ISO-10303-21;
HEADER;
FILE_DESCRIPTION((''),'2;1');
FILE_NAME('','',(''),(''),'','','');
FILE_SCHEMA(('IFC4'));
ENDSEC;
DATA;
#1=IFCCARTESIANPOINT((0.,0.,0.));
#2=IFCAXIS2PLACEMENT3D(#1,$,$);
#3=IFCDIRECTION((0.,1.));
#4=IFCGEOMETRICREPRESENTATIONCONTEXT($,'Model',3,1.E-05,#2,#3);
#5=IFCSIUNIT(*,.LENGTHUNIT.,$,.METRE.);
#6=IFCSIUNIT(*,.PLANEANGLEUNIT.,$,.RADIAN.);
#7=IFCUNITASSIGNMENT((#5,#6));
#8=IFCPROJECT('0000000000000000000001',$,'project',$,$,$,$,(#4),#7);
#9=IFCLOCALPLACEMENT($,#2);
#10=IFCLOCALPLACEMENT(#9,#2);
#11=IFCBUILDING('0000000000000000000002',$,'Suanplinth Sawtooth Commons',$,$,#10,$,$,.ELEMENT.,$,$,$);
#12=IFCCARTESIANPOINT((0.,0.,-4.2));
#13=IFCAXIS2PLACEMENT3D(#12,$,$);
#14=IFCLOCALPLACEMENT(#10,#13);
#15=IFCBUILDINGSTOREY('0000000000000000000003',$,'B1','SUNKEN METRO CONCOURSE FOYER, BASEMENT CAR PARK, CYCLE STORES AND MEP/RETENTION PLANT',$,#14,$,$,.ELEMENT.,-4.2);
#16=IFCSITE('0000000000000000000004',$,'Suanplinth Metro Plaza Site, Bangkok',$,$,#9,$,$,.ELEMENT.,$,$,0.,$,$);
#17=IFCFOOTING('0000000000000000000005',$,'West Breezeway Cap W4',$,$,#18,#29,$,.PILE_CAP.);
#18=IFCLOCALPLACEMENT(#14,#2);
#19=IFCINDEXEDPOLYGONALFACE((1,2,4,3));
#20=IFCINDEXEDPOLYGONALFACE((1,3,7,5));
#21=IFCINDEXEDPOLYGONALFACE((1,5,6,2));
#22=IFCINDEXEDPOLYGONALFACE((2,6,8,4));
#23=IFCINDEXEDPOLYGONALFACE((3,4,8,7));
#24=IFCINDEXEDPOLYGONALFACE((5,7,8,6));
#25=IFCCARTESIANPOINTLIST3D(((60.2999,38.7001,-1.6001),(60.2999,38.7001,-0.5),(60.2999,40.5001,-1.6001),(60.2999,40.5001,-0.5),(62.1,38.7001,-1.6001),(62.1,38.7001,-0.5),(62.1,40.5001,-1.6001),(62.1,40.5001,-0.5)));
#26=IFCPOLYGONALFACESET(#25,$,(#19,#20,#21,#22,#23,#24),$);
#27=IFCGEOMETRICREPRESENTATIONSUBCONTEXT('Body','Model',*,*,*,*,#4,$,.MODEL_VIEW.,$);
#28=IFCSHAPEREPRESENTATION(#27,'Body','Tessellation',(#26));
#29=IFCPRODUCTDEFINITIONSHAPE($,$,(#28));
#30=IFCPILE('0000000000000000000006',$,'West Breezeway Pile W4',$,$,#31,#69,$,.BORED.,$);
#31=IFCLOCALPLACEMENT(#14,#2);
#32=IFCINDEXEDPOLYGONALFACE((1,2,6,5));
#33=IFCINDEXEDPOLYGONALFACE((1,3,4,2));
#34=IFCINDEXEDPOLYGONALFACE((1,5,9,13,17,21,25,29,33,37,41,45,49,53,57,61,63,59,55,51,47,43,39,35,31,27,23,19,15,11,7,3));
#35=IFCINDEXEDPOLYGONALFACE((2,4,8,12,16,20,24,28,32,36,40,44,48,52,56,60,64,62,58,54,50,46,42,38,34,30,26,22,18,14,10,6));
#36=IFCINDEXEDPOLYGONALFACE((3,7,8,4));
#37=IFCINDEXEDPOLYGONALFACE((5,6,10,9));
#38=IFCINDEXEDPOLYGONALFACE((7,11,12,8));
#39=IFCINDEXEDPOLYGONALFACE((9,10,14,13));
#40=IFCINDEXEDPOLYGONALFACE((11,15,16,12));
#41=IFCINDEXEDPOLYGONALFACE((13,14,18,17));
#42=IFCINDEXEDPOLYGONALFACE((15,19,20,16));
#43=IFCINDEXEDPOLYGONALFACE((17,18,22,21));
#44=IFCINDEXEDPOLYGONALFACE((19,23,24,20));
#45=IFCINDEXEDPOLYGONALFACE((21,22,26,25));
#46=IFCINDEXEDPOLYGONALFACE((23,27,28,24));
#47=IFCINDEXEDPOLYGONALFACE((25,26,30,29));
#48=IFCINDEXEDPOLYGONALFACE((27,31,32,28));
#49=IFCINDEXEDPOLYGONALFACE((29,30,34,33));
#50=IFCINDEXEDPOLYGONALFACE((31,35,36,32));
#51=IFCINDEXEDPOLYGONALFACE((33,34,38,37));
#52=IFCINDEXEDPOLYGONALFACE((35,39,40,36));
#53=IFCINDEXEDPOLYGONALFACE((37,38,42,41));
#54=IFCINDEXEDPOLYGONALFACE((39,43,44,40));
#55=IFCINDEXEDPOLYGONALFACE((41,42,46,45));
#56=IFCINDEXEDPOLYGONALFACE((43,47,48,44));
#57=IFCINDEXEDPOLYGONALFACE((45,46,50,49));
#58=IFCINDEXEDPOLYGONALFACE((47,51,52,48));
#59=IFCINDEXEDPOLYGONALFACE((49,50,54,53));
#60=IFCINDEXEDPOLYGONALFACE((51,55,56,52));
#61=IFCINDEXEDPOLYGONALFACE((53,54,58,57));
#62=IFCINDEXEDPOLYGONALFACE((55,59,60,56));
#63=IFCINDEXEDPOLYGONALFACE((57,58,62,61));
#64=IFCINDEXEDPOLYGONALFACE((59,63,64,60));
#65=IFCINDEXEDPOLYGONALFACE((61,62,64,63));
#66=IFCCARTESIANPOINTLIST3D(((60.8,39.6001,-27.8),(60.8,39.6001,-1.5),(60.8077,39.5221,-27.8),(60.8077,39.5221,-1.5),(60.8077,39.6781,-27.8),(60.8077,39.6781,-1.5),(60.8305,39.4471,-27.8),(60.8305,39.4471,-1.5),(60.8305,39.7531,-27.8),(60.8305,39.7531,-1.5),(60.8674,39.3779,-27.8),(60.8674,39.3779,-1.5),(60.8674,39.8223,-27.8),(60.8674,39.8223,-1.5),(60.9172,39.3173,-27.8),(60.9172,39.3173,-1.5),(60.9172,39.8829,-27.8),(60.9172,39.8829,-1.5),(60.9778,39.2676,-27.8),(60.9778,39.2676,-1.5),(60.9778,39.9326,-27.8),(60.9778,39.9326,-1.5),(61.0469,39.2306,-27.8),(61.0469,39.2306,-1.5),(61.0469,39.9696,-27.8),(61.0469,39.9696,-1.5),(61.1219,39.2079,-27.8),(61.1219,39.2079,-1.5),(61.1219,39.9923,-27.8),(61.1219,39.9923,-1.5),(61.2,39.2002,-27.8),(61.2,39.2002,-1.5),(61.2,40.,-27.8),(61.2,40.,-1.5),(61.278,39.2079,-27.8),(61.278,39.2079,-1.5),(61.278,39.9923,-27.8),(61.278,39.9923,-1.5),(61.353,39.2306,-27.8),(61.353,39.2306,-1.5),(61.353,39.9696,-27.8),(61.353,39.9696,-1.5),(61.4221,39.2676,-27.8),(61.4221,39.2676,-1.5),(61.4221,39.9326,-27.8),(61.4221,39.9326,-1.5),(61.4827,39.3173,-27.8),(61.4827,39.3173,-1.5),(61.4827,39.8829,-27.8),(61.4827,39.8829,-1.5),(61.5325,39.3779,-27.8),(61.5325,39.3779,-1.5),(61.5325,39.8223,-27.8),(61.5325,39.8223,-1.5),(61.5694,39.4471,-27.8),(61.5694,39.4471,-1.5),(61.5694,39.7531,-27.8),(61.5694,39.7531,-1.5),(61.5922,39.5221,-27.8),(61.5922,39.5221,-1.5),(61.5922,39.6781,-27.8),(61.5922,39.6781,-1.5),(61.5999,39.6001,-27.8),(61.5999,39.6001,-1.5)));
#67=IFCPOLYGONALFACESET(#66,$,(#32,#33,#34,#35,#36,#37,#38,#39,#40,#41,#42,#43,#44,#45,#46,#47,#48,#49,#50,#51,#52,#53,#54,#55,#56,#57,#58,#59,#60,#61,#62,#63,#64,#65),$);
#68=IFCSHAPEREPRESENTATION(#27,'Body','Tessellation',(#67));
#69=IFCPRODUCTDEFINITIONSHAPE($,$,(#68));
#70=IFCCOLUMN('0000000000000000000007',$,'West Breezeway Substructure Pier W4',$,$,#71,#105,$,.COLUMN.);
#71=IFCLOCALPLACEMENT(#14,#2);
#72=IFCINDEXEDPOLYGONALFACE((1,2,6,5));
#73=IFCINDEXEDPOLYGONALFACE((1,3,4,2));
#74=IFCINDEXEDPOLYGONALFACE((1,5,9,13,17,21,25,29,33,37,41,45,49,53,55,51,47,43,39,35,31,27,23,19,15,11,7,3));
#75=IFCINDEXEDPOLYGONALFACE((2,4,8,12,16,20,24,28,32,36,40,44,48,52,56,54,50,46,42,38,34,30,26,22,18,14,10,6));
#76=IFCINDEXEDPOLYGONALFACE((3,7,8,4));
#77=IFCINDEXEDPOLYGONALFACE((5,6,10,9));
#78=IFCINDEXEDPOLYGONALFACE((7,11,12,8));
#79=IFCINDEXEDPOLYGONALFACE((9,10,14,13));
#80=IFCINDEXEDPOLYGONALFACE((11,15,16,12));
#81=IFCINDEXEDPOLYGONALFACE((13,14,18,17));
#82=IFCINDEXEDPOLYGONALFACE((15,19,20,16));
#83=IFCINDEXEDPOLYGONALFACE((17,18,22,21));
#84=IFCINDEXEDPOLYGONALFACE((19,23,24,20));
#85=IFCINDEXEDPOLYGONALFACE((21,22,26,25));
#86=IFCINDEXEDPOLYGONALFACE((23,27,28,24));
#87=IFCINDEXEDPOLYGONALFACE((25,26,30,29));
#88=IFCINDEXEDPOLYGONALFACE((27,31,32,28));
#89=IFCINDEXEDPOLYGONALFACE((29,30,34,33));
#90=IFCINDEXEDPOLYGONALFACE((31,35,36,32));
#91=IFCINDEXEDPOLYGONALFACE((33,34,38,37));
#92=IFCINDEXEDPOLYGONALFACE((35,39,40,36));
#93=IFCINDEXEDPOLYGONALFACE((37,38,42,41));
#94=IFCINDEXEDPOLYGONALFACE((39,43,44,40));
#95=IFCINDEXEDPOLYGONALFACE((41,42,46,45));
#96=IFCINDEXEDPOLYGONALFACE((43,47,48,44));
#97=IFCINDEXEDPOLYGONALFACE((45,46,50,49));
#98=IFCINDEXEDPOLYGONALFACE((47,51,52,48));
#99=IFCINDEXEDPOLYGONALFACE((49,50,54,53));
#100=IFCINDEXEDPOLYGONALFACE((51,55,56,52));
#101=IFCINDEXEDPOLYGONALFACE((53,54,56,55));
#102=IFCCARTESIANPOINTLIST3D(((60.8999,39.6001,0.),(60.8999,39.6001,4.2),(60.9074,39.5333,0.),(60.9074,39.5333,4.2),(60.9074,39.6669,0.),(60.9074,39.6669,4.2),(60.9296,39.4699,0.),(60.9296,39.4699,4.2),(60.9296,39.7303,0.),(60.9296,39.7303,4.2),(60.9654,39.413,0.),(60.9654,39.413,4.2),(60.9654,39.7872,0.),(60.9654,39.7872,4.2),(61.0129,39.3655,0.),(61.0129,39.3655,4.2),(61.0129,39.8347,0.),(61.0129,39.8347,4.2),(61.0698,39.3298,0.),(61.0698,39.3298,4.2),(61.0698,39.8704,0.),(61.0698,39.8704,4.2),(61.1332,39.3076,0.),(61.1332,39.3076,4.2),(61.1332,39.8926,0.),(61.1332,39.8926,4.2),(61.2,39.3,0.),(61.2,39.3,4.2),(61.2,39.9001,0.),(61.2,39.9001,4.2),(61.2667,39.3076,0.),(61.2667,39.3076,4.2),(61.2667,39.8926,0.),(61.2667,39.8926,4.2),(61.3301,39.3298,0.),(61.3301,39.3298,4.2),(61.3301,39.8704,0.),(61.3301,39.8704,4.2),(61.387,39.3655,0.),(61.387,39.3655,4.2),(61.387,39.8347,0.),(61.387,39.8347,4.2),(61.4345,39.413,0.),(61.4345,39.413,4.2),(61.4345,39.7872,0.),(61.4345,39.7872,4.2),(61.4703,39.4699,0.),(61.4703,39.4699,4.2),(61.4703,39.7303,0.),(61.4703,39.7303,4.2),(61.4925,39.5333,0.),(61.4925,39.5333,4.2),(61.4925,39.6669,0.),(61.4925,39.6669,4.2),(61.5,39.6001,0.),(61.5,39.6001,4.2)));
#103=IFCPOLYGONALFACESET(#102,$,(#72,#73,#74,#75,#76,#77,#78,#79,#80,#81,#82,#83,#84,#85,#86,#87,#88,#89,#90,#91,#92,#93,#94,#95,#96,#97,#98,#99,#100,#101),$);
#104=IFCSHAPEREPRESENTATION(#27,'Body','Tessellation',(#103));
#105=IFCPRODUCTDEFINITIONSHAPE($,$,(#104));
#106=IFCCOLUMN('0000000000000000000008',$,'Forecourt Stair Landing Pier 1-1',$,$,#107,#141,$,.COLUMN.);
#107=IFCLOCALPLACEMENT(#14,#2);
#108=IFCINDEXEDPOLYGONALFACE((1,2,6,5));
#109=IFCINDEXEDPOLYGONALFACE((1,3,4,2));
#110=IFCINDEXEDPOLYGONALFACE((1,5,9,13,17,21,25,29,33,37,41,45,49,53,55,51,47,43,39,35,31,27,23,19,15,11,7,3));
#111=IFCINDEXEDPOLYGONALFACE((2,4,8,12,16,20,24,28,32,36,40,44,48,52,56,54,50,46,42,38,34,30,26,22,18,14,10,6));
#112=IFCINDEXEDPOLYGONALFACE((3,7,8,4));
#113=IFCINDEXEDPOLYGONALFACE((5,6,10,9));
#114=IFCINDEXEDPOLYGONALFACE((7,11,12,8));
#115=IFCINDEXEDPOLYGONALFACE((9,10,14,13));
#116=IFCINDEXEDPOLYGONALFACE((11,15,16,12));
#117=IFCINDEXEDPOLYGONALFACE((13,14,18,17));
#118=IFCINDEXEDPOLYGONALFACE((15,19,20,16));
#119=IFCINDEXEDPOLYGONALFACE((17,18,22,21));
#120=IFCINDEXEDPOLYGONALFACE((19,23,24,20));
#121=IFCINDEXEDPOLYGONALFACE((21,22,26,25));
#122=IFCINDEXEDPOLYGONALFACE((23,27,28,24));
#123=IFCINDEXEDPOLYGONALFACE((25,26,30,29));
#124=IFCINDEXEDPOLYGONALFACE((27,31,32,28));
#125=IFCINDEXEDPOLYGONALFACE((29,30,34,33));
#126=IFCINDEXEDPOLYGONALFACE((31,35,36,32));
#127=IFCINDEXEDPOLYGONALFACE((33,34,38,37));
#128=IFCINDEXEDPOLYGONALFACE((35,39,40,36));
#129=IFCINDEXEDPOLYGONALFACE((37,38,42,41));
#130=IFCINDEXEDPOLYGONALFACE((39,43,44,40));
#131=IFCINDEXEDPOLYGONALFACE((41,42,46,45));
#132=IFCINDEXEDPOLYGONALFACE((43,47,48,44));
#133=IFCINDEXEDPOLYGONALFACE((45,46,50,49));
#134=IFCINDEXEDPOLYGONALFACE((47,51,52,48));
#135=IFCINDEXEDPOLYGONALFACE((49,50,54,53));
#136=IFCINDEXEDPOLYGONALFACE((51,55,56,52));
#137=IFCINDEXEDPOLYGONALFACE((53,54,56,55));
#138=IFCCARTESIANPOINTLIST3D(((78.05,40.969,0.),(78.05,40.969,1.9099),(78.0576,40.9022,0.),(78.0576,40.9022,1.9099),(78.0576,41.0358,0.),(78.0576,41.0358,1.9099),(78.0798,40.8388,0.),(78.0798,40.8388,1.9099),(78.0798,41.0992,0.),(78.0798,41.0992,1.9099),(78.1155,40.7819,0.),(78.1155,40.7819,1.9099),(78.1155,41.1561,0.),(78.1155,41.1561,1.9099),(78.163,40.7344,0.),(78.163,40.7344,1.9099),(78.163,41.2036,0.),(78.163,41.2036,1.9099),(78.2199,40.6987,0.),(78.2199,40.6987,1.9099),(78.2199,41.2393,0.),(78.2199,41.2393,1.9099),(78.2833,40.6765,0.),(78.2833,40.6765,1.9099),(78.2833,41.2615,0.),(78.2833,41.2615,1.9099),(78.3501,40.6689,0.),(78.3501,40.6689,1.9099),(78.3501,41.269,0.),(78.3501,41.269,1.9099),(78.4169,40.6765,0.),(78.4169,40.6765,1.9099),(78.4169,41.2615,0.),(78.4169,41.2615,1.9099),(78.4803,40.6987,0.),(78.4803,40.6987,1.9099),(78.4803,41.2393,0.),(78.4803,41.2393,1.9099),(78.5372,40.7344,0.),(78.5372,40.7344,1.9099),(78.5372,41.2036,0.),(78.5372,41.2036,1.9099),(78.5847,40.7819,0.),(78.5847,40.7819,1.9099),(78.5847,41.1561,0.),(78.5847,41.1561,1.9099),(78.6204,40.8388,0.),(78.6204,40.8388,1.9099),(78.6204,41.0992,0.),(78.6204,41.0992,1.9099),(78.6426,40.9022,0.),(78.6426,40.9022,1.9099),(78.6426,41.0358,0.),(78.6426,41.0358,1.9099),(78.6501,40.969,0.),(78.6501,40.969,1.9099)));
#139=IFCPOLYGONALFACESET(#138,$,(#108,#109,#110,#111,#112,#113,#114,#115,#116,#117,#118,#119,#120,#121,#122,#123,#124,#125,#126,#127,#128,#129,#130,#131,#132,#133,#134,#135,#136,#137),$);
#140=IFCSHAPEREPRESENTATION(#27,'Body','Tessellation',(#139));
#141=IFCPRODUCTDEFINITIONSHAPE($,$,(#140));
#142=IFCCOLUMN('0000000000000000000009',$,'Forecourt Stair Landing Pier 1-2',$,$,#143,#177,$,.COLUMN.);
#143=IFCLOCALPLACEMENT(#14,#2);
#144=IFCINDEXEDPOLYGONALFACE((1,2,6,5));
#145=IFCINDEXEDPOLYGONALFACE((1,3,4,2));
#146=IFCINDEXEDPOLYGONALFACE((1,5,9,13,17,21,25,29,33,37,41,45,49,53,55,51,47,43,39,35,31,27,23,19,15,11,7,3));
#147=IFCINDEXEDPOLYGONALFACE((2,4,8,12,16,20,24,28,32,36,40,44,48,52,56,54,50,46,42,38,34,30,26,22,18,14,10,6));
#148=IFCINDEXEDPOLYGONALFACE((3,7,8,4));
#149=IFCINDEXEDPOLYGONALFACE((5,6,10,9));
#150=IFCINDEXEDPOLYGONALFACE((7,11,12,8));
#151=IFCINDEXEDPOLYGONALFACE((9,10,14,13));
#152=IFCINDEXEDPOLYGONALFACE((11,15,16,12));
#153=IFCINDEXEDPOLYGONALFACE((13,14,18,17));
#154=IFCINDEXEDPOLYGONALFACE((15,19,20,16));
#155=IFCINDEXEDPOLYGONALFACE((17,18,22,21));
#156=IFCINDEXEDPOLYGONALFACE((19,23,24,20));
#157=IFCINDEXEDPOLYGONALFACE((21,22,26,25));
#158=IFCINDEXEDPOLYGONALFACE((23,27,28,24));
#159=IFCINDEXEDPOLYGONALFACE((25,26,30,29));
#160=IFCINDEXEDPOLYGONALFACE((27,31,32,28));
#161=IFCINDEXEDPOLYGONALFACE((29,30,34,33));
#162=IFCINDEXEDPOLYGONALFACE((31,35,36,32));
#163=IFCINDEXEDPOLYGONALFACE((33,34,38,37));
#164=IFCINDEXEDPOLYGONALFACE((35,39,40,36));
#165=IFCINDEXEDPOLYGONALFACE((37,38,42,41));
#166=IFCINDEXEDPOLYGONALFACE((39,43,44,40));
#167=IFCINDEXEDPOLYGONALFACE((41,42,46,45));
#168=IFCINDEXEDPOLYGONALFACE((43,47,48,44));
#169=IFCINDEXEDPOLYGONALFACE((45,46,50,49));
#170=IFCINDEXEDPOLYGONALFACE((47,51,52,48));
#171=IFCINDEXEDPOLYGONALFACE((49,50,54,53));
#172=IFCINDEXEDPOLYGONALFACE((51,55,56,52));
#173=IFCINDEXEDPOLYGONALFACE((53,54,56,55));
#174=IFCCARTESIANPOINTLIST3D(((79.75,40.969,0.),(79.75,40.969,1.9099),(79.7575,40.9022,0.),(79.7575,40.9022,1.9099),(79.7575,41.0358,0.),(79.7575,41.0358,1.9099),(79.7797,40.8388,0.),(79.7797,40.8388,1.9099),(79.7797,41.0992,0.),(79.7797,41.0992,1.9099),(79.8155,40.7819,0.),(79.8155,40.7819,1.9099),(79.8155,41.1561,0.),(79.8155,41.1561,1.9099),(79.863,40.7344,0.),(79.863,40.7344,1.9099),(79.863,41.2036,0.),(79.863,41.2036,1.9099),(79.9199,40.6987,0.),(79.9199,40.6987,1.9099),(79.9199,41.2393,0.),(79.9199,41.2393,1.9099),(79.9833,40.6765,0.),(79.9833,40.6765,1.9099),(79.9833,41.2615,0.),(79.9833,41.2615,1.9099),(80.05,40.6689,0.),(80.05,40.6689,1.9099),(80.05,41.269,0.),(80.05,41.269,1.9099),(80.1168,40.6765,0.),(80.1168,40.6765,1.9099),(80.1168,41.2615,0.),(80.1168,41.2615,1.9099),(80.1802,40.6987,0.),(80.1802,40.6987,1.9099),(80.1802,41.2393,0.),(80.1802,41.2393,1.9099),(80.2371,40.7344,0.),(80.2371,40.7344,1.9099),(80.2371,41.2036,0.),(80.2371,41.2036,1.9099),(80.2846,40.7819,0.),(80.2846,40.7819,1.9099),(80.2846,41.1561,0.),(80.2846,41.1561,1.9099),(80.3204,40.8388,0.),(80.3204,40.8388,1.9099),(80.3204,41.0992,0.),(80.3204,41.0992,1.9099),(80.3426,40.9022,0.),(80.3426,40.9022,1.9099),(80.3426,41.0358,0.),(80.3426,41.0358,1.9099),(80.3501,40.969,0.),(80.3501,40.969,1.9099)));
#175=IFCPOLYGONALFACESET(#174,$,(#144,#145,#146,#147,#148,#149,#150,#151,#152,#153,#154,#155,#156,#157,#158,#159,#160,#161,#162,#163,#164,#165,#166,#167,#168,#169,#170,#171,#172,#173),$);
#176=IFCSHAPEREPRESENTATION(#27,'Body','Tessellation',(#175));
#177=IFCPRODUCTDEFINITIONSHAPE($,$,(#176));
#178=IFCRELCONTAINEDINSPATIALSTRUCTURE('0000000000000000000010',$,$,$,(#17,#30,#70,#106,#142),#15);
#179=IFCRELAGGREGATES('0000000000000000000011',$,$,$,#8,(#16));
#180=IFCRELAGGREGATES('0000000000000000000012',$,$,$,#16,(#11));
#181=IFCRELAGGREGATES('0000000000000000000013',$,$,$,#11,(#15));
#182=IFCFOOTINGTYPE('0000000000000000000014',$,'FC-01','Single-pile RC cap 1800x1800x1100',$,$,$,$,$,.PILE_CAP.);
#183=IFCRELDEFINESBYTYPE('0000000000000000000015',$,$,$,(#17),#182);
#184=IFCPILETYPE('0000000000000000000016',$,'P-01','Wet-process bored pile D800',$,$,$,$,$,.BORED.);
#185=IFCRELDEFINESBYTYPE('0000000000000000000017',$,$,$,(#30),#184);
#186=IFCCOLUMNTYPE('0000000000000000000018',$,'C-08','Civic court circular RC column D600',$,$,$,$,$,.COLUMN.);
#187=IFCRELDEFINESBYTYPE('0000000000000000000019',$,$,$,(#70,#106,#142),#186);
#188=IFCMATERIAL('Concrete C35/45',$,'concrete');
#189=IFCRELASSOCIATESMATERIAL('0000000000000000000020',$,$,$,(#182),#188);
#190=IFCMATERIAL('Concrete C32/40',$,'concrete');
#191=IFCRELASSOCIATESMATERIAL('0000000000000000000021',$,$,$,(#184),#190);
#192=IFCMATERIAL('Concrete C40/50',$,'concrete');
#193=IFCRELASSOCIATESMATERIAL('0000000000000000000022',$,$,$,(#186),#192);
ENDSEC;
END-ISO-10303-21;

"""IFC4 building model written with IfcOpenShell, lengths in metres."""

from ifc_helpers import new_model, si_unit, direction, frame, origin, origin_2d, place, context, subcontext, project, spatial, rectangle, circle, extrude, material, material_profile, profile_set, type_object, element, save


model = new_model("IFC4")

# Units and contexts
model_context = context("Model", 3, precision=1e-05, world=origin(), true_north=direction((0.0, 1.0)))
body_context = subcontext(model_context, "Body", "Model", "MODEL_VIEW")
ifc_project = project(units=[si_unit("LENGTHUNIT", "METRE"), si_unit("PLANEANGLEUNIT", "RADIAN")], contexts=[model_context])

# Site, building, storey
site_placement = place(None, origin())
site = spatial("IfcSite", under=ifc_project, at=site_placement, Name="Suanplinth Metro Plaza Site, Bangkok", CompositionType="ELEMENT", RefElevation=0.0)
building_placement = place(site_placement, origin())
building = spatial("IfcBuilding", under=site, at=building_placement, Name="Suanplinth Sawtooth Commons", CompositionType="ELEMENT")
storey_placement = place(building_placement, frame((0.0, 0.0, -4.2)))
storey = spatial("IfcBuildingStorey", under=building, at=storey_placement, Name="B1", Description="SUNKEN METRO CONCOURSE FOYER, BASEMENT CAR PARK, CYCLE STORES AND MEP/RETENTION PLANT", CompositionType="ELEMENT", Elevation=-4.2)

# Footing
ifc_material_1 = material(Name="Concrete C35/45", Category="concrete")
footing_type = type_object("IfcFootingType", Name="FC-01", Description="Single-pile RC cap 1800x1800x1100", PredefinedType="PILE_CAP", material=ifc_material_1)
footing_placement = place(storey_placement, frame((61.2, 39.6001, -1.6001), z_axis=(0.0, 0.0, 1.0), x_axis=(1.0, 0.0, 0.0)))
element("IfcFooting", 1, at=footing_placement, inside=storey, type_object=footing_type, Name="West Breezeway Cap W4", PredefinedType="PILE_CAP", context=body_context, shape_type="SweptSolid", body=[
    extrude(rectangle(XDim=1.8, YDim=1.8, at=origin_2d()), origin(), (0.0, 0.0, 1.0), 1.1001),
])

# Pile
ifc_material_2 = material(Name="Concrete C32/40", Category="concrete")
ifc_material_profile_1 = material_profile(ifc_material_2, circle(Radius=0.3999, at=origin_2d()), Name="PILE D800")
ifc_profile_set_1 = profile_set([ifc_material_profile_1], Name="Concrete C32/40")
pile_type = type_object("IfcPileType", Name="P-01", Description="Wet-process bored pile D800", PredefinedType="BORED", material=ifc_profile_set_1)
pile_placement = place(storey_placement, frame((61.2, 39.6001, -1.5), z_axis=(0.0, 0.0, -1.0), x_axis=(1.0, 0.0, 0.0)))
element("IfcPile", 2, at=pile_placement, inside=storey, type_object=pile_type, Name="West Breezeway Pile W4", PredefinedType="BORED", context=body_context, shape_type="SweptSolid", body=[
    extrude(circle(Radius=0.3999, at=origin_2d()), origin(), (0.0, 0.0, 1.0), 26.3),
])

# Columns
ifc_material_3 = material(Name="Concrete C40/50", Category="concrete")
ifc_material_profile_2 = material_profile(ifc_material_3, circle(Radius=0.3, at=origin_2d()), Name="RC-CIRC D600")
ifc_profile_set_2 = profile_set([ifc_material_profile_2], Name="Concrete C40/50")
column_type_1 = type_object("IfcColumnType", Name="C-08", Description="Civic court circular RC column D600", PredefinedType="COLUMN", material=ifc_profile_set_2)
column_1_placement = place(storey_placement, frame((61.2, 39.6001, 0.0), z_axis=(0.0, 0.0, 1.0), x_axis=(1.0, 0.0, 0.0)))
element("IfcColumn", 3, at=column_1_placement, inside=storey, type_object=column_type_1, Name="West Breezeway Substructure Pier W4", PredefinedType="COLUMN", context=body_context, shape_type="SweptSolid", body=[
    extrude(circle(Radius=0.3, at=origin_2d()), origin(), (0.0, 0.0, 1.0), 4.2),
])
for number, where, z_axis, x_axis, name in (
    (4, (78.3501, 40.969, 0.0), (0.0, 0.0, 1.0), (1.0, 0.0, 0.0), "Forecourt Stair Landing Pier 1-1"),
    (5, (80.05, 40.969, 0.0), (0.0, 0.0, 1.0), (1.0, 0.0, 0.0), "Forecourt Stair Landing Pier 1-2"),
):
    element("IfcColumn", number, at=place(storey_placement, frame(where, z_axis=z_axis, x_axis=x_axis)), inside=storey, type_object=column_type_1, Name=name, PredefinedType="COLUMN", context=body_context, shape_type="SweptSolid", body=[
        extrude(circle(Radius=0.3, at=origin_2d()), origin(), (0.0, 0.0, 1.0), 1.9099),
    ])

save(model, "model.ifc")
